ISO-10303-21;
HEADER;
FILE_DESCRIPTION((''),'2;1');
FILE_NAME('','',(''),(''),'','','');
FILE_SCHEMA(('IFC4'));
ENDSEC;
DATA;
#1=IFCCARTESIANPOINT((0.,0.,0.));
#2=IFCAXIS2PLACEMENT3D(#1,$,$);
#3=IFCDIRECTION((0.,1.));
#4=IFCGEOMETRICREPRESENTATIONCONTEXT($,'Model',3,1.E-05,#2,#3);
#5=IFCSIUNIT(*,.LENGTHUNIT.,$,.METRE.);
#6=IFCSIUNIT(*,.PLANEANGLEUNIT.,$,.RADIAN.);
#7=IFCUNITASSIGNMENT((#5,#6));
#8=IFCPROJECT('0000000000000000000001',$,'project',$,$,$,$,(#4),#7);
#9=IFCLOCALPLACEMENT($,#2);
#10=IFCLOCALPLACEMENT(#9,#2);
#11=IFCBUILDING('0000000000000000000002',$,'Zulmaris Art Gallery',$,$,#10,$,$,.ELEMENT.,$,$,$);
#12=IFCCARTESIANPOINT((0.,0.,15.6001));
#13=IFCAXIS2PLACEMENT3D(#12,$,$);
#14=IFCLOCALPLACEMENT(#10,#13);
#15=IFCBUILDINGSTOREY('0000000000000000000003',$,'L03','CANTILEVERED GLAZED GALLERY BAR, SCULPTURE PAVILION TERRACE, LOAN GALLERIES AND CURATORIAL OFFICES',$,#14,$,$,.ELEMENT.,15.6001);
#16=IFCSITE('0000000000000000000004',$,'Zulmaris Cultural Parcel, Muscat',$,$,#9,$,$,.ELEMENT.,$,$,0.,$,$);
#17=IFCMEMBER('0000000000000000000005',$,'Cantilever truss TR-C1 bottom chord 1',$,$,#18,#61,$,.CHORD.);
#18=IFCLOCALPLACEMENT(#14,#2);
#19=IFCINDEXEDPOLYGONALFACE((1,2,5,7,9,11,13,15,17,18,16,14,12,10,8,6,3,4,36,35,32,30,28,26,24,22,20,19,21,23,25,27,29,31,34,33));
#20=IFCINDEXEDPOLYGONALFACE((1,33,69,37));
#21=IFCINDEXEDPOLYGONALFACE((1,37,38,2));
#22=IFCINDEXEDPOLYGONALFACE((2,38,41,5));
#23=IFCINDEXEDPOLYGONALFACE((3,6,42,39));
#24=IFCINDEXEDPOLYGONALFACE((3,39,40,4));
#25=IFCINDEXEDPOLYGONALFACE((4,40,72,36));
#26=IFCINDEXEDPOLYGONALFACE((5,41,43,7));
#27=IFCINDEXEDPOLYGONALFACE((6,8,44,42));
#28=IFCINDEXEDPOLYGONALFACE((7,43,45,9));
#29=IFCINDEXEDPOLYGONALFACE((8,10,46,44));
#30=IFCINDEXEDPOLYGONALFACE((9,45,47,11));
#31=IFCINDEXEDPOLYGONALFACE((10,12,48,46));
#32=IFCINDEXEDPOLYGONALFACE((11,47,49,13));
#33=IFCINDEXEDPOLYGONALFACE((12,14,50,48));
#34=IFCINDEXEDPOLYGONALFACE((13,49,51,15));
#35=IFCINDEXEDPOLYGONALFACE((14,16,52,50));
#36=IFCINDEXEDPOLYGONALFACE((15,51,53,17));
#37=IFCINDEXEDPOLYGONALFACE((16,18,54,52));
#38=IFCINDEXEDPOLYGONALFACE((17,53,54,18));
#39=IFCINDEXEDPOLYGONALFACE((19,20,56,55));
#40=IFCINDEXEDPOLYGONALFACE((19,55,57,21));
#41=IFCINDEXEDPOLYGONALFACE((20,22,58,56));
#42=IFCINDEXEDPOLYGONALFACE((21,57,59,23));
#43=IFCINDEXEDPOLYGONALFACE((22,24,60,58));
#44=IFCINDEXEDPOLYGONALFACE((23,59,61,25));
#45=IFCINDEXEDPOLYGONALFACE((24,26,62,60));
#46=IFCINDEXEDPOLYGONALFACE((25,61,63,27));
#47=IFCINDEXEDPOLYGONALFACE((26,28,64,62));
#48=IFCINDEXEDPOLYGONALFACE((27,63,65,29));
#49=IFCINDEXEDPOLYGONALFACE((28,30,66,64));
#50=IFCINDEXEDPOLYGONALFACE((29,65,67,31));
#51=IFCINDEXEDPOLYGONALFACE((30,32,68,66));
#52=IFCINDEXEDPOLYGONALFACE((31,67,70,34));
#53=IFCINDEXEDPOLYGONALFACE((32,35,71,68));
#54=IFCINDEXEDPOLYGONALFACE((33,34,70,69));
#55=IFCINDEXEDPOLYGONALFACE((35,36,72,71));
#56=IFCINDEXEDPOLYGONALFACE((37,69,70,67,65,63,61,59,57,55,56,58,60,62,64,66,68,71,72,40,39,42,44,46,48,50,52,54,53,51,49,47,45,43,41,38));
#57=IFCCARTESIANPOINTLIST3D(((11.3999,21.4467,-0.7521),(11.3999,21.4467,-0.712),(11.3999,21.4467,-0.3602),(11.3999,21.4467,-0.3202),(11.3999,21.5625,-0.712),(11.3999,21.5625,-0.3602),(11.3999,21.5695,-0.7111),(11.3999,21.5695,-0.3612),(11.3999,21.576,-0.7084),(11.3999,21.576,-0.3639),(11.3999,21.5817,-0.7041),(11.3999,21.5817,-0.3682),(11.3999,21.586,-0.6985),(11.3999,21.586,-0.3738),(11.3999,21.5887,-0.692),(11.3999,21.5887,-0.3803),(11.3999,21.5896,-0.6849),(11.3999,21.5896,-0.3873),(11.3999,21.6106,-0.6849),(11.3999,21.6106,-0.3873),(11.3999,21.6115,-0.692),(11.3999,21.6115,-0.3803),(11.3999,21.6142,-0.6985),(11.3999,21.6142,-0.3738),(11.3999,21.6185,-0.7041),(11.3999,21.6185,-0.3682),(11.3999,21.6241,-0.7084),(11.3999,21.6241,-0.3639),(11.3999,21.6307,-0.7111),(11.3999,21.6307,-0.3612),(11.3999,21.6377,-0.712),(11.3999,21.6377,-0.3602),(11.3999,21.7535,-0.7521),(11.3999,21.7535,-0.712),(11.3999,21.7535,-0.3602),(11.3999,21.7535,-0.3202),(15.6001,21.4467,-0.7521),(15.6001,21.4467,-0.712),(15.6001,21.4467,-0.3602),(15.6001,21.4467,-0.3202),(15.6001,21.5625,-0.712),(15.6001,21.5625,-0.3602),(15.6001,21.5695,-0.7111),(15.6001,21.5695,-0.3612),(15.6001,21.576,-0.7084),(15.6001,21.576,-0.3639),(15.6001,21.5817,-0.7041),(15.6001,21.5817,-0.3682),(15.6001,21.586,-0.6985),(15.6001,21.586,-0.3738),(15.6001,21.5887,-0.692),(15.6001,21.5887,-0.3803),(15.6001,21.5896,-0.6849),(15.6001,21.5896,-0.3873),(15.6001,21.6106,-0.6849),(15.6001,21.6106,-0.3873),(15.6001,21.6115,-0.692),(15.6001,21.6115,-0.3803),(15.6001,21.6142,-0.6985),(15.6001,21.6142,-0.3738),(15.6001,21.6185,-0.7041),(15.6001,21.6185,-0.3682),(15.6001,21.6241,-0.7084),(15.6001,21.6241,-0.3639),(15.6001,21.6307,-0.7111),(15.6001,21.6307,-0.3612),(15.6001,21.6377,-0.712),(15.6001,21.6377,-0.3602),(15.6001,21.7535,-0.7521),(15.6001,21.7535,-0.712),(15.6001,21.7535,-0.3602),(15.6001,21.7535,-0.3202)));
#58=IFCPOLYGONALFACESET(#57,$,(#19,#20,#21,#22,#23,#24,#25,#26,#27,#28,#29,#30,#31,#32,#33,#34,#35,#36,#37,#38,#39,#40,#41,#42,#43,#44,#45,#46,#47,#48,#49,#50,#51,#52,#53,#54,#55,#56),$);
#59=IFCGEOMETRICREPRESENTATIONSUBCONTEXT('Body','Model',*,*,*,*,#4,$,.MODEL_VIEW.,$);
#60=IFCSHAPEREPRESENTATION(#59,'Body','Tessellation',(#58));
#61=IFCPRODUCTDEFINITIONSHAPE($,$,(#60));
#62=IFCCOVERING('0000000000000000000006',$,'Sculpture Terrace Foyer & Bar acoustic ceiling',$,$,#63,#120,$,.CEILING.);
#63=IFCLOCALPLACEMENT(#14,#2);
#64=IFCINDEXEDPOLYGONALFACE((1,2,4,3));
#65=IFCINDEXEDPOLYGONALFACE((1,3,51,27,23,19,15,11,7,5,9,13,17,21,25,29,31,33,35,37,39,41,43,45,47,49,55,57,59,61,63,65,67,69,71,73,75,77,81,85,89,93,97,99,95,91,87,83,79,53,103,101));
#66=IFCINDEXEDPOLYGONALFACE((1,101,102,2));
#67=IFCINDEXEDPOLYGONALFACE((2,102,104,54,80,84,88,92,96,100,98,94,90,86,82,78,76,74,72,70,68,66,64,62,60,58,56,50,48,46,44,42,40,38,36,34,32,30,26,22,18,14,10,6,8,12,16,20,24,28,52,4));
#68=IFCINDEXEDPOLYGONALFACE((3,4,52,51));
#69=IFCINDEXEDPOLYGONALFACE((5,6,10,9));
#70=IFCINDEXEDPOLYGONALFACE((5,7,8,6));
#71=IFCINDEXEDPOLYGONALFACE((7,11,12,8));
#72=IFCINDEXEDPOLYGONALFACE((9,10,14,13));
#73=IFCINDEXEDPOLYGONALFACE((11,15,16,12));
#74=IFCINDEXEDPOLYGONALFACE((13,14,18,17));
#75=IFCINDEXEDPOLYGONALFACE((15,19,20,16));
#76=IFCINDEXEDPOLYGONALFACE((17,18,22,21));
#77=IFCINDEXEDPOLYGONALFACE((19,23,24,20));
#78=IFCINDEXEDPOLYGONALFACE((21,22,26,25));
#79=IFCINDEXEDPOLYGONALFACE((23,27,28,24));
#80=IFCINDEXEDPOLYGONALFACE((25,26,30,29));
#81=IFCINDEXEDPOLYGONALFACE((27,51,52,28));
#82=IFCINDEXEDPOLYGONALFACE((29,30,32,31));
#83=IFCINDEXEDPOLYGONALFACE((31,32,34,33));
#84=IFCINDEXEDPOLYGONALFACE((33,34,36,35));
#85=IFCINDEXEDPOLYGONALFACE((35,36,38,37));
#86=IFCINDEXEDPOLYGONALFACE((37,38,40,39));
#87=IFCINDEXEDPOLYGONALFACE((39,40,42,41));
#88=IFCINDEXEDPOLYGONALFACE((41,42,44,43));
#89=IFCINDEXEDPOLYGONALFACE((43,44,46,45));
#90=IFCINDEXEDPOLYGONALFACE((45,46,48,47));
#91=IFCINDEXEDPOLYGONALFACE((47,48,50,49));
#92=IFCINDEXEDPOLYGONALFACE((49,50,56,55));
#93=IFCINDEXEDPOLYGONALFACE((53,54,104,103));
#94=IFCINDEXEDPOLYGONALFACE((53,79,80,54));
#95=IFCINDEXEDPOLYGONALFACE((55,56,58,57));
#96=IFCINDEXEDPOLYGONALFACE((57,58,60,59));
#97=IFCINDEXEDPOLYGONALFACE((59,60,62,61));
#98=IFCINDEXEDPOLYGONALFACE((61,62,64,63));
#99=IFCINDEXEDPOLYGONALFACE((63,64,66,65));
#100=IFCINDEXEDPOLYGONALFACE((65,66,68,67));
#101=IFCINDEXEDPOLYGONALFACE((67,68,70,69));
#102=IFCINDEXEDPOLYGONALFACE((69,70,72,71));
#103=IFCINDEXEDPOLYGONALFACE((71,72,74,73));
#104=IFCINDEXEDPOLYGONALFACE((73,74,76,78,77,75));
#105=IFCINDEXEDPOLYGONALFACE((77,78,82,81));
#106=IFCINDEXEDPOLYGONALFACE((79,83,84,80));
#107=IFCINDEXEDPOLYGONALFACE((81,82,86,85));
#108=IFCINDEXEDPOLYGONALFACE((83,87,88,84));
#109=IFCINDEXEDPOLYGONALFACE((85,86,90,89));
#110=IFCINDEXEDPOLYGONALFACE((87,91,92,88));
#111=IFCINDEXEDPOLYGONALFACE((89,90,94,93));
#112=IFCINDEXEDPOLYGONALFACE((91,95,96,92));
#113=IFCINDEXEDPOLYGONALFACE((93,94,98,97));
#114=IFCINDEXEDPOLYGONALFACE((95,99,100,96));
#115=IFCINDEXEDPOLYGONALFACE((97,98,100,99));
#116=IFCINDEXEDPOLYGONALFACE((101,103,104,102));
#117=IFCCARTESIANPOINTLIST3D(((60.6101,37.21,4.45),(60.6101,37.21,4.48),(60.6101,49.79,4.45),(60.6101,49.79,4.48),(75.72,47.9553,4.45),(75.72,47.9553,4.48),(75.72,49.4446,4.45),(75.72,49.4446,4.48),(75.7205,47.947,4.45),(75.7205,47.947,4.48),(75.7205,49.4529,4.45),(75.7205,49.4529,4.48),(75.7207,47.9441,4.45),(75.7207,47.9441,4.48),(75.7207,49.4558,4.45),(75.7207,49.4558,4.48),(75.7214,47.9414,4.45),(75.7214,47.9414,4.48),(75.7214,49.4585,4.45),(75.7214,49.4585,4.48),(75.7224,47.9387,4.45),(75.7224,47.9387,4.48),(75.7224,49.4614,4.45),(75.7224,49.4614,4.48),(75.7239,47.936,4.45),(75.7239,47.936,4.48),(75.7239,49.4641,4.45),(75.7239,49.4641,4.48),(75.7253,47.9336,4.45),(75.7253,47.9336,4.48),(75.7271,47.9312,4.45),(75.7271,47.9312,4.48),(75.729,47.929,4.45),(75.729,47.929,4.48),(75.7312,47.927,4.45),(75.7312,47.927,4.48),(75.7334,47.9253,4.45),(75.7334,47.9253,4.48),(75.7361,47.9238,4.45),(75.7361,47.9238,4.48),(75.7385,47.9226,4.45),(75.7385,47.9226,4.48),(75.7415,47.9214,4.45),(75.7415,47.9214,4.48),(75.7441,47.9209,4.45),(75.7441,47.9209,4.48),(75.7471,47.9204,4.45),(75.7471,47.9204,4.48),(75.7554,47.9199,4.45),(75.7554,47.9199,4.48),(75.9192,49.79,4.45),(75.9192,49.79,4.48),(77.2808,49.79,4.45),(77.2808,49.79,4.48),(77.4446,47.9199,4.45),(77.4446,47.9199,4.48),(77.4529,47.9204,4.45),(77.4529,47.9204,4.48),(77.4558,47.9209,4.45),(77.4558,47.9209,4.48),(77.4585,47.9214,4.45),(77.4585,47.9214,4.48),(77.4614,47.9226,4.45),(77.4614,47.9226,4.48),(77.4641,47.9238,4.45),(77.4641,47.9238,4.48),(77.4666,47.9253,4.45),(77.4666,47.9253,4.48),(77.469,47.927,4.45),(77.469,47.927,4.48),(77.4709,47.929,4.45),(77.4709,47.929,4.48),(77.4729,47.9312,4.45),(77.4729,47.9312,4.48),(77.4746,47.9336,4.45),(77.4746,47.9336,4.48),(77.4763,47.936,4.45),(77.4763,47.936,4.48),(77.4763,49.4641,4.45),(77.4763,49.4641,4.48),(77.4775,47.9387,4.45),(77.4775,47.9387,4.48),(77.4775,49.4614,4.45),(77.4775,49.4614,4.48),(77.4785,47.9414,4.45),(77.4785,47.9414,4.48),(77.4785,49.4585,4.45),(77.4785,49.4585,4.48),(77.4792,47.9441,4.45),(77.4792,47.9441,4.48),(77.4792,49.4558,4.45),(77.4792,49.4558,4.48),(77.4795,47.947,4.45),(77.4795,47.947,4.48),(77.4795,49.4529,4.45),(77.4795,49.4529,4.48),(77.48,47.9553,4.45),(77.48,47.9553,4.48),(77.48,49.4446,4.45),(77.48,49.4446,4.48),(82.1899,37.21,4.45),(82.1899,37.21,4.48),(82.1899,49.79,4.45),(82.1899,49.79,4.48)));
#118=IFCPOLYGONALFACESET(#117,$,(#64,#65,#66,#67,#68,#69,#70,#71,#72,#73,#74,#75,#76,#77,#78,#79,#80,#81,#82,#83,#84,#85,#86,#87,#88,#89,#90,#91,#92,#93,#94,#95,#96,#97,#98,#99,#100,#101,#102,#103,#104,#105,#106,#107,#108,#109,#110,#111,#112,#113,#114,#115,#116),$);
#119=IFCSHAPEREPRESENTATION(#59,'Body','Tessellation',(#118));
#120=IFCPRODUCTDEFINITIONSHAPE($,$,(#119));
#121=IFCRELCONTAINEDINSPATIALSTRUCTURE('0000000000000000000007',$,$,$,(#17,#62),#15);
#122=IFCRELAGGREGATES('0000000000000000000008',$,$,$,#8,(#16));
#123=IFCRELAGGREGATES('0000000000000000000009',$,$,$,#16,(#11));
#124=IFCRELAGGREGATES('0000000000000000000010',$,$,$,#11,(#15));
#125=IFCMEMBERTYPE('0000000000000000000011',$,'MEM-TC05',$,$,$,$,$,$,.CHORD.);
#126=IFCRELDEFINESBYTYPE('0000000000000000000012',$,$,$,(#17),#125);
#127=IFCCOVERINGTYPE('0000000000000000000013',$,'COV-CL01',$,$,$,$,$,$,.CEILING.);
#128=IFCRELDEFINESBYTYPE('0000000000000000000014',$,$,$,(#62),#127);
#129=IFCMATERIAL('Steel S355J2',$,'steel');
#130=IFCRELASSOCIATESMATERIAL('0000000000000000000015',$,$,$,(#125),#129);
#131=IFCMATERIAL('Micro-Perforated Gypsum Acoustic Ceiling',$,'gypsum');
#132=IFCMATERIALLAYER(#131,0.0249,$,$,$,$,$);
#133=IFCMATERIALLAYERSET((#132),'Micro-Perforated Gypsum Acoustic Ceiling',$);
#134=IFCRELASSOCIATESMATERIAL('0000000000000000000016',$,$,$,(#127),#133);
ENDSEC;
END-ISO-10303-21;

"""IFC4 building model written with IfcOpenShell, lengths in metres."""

from ifc_helpers import new_model, si_unit, direction, frame, origin, origin_2d, place, context, subcontext, project, spatial, polyline, i_section, outline, extrude, material, layer, layer_set, material_profile, profile_set, type_object, element, save


model = new_model("IFC4")

# Units and contexts
model_context = context("Model", 3, precision=1e-05, world=origin(), true_north=direction((0.0, 1.0)))
body_context = subcontext(model_context, "Body", "Model", "MODEL_VIEW")
ifc_project = project(units=[si_unit("LENGTHUNIT", "METRE"), si_unit("PLANEANGLEUNIT", "RADIAN")], contexts=[model_context])

# Site, building, storey
site_placement = place(None, origin())
site = spatial("IfcSite", under=ifc_project, at=site_placement, Name="Zulmaris Cultural Parcel, Muscat", CompositionType="ELEMENT", RefElevation=0.0)
building_placement = place(site_placement, origin())
building = spatial("IfcBuilding", under=site, at=building_placement, Name="Zulmaris Art Gallery", CompositionType="ELEMENT")
storey_placement = place(building_placement, frame((0.0, 0.0, 15.6001)))
storey = spatial("IfcBuildingStorey", under=building, at=storey_placement, Name="L03", Description="CANTILEVERED GLAZED GALLERY BAR, SCULPTURE PAVILION TERRACE, LOAN GALLERIES AND CURATORIAL OFFICES", CompositionType="ELEMENT", Elevation=15.6001)

# Member
ifc_material_1 = material(Name="Steel S355J2", Category="steel")
ifc_material_profile = material_profile(ifc_material_1, i_section(OverallWidth=0.3069, OverallDepth=0.4319, WebThickness=0.021, FlangeThickness=0.04, FilletRadius=0.0271, at=origin_2d()), Name="HEM 400")
ifc_profile_set = profile_set([ifc_material_profile], Name="Steel S355J2")
member_type = type_object("IfcMemberType", Name="MEM-TC05", PredefinedType="CHORD", material=ifc_profile_set)
member_placement = place(storey_placement, frame((11.3999, 21.6001, -0.5361), z_axis=(1.0, 0.0, 0.0), x_axis=(0.0, 1.0, 0.0)))
element("IfcMember", 1, at=member_placement, inside=storey, type_object=member_type, Name="Cantilever truss TR-C1 bottom chord 1", PredefinedType="CHORD", context=body_context, shape_type="SweptSolid", body=[
    extrude(i_section(OverallWidth=0.3069, OverallDepth=0.4319, WebThickness=0.021, FlangeThickness=0.04, FilletRadius=0.0271, at=origin_2d()), origin(), (0.0, 0.0, 1.0), 4.2002),
])

# Covering
ifc_material_2 = material(Name="Micro-Perforated Gypsum Acoustic Ceiling", Category="gypsum")
ifc_layer_1 = layer(ifc_material_2, 0.0249)
ifc_layer_set_1 = layer_set([ifc_layer_1], Name="Micro-Perforated Gypsum Acoustic Ceiling")
covering_type_1 = type_object("IfcCoveringType", Name="COV-CL01", PredefinedType="CEILING", material=ifc_layer_set_1)
covering_1_placement = place(storey_placement, frame((0.0, 0.0, 4.45)))
element("IfcCovering", 2, at=covering_1_placement, inside=storey, type_object=covering_type_1, Name="Sculpture Terrace Foyer & Bar acoustic ceiling", PredefinedType="CEILING", context=body_context, shape_type="SweptSolid", body=[
    extrude(outline(polyline([(75.7214, 49.4585), (75.7207, 49.4558), (75.7205, 49.4529), (75.72, 49.4446), (75.72, 47.9553), (75.7205, 47.947), (75.7207, 47.9441), (75.7214, 47.9414), (75.7224, 47.9387), (75.7239, 47.936), (75.7253, 47.9336), (75.7271, 47.9312), (75.729, 47.929), (75.7312, 47.927), (75.7334, 47.9253), (75.7361, 47.9238), (75.7385, 47.9226), (75.7415, 47.9214), (75.7441, 47.9209), (75.7471, 47.9204), (75.7554, 47.9199), (77.4446, 47.9199), (77.4529, 47.9204), (77.4558, 47.9209), (77.4585, 47.9214), (77.4614, 47.9226), (77.4641, 47.9238), (77.4666, 47.9253), (77.469, 47.927), (77.4709, 47.929), (77.4729, 47.9312), (77.4746, 47.9336), (77.4763, 47.936), (77.4775, 47.9387), (77.4785, 47.9414), (77.4792, 47.9441), (77.4795, 47.947), (77.48, 47.9553), (77.48, 49.4446), (77.4795, 49.4529), (77.4792, 49.4558), (77.4785, 49.4585), (77.4775, 49.4614), (77.4763, 49.4641), (77.2808, 49.79), (82.1899, 49.79), (82.1899, 37.21), (60.6101, 37.21), (60.6101, 49.79), (75.9192, 49.79), (75.7239, 49.4641), (75.7224, 49.4614), (75.7214, 49.4585)])), origin(), (0.0, 0.0, 1.0), 0.03),
])

save(model, "model.ifc")
